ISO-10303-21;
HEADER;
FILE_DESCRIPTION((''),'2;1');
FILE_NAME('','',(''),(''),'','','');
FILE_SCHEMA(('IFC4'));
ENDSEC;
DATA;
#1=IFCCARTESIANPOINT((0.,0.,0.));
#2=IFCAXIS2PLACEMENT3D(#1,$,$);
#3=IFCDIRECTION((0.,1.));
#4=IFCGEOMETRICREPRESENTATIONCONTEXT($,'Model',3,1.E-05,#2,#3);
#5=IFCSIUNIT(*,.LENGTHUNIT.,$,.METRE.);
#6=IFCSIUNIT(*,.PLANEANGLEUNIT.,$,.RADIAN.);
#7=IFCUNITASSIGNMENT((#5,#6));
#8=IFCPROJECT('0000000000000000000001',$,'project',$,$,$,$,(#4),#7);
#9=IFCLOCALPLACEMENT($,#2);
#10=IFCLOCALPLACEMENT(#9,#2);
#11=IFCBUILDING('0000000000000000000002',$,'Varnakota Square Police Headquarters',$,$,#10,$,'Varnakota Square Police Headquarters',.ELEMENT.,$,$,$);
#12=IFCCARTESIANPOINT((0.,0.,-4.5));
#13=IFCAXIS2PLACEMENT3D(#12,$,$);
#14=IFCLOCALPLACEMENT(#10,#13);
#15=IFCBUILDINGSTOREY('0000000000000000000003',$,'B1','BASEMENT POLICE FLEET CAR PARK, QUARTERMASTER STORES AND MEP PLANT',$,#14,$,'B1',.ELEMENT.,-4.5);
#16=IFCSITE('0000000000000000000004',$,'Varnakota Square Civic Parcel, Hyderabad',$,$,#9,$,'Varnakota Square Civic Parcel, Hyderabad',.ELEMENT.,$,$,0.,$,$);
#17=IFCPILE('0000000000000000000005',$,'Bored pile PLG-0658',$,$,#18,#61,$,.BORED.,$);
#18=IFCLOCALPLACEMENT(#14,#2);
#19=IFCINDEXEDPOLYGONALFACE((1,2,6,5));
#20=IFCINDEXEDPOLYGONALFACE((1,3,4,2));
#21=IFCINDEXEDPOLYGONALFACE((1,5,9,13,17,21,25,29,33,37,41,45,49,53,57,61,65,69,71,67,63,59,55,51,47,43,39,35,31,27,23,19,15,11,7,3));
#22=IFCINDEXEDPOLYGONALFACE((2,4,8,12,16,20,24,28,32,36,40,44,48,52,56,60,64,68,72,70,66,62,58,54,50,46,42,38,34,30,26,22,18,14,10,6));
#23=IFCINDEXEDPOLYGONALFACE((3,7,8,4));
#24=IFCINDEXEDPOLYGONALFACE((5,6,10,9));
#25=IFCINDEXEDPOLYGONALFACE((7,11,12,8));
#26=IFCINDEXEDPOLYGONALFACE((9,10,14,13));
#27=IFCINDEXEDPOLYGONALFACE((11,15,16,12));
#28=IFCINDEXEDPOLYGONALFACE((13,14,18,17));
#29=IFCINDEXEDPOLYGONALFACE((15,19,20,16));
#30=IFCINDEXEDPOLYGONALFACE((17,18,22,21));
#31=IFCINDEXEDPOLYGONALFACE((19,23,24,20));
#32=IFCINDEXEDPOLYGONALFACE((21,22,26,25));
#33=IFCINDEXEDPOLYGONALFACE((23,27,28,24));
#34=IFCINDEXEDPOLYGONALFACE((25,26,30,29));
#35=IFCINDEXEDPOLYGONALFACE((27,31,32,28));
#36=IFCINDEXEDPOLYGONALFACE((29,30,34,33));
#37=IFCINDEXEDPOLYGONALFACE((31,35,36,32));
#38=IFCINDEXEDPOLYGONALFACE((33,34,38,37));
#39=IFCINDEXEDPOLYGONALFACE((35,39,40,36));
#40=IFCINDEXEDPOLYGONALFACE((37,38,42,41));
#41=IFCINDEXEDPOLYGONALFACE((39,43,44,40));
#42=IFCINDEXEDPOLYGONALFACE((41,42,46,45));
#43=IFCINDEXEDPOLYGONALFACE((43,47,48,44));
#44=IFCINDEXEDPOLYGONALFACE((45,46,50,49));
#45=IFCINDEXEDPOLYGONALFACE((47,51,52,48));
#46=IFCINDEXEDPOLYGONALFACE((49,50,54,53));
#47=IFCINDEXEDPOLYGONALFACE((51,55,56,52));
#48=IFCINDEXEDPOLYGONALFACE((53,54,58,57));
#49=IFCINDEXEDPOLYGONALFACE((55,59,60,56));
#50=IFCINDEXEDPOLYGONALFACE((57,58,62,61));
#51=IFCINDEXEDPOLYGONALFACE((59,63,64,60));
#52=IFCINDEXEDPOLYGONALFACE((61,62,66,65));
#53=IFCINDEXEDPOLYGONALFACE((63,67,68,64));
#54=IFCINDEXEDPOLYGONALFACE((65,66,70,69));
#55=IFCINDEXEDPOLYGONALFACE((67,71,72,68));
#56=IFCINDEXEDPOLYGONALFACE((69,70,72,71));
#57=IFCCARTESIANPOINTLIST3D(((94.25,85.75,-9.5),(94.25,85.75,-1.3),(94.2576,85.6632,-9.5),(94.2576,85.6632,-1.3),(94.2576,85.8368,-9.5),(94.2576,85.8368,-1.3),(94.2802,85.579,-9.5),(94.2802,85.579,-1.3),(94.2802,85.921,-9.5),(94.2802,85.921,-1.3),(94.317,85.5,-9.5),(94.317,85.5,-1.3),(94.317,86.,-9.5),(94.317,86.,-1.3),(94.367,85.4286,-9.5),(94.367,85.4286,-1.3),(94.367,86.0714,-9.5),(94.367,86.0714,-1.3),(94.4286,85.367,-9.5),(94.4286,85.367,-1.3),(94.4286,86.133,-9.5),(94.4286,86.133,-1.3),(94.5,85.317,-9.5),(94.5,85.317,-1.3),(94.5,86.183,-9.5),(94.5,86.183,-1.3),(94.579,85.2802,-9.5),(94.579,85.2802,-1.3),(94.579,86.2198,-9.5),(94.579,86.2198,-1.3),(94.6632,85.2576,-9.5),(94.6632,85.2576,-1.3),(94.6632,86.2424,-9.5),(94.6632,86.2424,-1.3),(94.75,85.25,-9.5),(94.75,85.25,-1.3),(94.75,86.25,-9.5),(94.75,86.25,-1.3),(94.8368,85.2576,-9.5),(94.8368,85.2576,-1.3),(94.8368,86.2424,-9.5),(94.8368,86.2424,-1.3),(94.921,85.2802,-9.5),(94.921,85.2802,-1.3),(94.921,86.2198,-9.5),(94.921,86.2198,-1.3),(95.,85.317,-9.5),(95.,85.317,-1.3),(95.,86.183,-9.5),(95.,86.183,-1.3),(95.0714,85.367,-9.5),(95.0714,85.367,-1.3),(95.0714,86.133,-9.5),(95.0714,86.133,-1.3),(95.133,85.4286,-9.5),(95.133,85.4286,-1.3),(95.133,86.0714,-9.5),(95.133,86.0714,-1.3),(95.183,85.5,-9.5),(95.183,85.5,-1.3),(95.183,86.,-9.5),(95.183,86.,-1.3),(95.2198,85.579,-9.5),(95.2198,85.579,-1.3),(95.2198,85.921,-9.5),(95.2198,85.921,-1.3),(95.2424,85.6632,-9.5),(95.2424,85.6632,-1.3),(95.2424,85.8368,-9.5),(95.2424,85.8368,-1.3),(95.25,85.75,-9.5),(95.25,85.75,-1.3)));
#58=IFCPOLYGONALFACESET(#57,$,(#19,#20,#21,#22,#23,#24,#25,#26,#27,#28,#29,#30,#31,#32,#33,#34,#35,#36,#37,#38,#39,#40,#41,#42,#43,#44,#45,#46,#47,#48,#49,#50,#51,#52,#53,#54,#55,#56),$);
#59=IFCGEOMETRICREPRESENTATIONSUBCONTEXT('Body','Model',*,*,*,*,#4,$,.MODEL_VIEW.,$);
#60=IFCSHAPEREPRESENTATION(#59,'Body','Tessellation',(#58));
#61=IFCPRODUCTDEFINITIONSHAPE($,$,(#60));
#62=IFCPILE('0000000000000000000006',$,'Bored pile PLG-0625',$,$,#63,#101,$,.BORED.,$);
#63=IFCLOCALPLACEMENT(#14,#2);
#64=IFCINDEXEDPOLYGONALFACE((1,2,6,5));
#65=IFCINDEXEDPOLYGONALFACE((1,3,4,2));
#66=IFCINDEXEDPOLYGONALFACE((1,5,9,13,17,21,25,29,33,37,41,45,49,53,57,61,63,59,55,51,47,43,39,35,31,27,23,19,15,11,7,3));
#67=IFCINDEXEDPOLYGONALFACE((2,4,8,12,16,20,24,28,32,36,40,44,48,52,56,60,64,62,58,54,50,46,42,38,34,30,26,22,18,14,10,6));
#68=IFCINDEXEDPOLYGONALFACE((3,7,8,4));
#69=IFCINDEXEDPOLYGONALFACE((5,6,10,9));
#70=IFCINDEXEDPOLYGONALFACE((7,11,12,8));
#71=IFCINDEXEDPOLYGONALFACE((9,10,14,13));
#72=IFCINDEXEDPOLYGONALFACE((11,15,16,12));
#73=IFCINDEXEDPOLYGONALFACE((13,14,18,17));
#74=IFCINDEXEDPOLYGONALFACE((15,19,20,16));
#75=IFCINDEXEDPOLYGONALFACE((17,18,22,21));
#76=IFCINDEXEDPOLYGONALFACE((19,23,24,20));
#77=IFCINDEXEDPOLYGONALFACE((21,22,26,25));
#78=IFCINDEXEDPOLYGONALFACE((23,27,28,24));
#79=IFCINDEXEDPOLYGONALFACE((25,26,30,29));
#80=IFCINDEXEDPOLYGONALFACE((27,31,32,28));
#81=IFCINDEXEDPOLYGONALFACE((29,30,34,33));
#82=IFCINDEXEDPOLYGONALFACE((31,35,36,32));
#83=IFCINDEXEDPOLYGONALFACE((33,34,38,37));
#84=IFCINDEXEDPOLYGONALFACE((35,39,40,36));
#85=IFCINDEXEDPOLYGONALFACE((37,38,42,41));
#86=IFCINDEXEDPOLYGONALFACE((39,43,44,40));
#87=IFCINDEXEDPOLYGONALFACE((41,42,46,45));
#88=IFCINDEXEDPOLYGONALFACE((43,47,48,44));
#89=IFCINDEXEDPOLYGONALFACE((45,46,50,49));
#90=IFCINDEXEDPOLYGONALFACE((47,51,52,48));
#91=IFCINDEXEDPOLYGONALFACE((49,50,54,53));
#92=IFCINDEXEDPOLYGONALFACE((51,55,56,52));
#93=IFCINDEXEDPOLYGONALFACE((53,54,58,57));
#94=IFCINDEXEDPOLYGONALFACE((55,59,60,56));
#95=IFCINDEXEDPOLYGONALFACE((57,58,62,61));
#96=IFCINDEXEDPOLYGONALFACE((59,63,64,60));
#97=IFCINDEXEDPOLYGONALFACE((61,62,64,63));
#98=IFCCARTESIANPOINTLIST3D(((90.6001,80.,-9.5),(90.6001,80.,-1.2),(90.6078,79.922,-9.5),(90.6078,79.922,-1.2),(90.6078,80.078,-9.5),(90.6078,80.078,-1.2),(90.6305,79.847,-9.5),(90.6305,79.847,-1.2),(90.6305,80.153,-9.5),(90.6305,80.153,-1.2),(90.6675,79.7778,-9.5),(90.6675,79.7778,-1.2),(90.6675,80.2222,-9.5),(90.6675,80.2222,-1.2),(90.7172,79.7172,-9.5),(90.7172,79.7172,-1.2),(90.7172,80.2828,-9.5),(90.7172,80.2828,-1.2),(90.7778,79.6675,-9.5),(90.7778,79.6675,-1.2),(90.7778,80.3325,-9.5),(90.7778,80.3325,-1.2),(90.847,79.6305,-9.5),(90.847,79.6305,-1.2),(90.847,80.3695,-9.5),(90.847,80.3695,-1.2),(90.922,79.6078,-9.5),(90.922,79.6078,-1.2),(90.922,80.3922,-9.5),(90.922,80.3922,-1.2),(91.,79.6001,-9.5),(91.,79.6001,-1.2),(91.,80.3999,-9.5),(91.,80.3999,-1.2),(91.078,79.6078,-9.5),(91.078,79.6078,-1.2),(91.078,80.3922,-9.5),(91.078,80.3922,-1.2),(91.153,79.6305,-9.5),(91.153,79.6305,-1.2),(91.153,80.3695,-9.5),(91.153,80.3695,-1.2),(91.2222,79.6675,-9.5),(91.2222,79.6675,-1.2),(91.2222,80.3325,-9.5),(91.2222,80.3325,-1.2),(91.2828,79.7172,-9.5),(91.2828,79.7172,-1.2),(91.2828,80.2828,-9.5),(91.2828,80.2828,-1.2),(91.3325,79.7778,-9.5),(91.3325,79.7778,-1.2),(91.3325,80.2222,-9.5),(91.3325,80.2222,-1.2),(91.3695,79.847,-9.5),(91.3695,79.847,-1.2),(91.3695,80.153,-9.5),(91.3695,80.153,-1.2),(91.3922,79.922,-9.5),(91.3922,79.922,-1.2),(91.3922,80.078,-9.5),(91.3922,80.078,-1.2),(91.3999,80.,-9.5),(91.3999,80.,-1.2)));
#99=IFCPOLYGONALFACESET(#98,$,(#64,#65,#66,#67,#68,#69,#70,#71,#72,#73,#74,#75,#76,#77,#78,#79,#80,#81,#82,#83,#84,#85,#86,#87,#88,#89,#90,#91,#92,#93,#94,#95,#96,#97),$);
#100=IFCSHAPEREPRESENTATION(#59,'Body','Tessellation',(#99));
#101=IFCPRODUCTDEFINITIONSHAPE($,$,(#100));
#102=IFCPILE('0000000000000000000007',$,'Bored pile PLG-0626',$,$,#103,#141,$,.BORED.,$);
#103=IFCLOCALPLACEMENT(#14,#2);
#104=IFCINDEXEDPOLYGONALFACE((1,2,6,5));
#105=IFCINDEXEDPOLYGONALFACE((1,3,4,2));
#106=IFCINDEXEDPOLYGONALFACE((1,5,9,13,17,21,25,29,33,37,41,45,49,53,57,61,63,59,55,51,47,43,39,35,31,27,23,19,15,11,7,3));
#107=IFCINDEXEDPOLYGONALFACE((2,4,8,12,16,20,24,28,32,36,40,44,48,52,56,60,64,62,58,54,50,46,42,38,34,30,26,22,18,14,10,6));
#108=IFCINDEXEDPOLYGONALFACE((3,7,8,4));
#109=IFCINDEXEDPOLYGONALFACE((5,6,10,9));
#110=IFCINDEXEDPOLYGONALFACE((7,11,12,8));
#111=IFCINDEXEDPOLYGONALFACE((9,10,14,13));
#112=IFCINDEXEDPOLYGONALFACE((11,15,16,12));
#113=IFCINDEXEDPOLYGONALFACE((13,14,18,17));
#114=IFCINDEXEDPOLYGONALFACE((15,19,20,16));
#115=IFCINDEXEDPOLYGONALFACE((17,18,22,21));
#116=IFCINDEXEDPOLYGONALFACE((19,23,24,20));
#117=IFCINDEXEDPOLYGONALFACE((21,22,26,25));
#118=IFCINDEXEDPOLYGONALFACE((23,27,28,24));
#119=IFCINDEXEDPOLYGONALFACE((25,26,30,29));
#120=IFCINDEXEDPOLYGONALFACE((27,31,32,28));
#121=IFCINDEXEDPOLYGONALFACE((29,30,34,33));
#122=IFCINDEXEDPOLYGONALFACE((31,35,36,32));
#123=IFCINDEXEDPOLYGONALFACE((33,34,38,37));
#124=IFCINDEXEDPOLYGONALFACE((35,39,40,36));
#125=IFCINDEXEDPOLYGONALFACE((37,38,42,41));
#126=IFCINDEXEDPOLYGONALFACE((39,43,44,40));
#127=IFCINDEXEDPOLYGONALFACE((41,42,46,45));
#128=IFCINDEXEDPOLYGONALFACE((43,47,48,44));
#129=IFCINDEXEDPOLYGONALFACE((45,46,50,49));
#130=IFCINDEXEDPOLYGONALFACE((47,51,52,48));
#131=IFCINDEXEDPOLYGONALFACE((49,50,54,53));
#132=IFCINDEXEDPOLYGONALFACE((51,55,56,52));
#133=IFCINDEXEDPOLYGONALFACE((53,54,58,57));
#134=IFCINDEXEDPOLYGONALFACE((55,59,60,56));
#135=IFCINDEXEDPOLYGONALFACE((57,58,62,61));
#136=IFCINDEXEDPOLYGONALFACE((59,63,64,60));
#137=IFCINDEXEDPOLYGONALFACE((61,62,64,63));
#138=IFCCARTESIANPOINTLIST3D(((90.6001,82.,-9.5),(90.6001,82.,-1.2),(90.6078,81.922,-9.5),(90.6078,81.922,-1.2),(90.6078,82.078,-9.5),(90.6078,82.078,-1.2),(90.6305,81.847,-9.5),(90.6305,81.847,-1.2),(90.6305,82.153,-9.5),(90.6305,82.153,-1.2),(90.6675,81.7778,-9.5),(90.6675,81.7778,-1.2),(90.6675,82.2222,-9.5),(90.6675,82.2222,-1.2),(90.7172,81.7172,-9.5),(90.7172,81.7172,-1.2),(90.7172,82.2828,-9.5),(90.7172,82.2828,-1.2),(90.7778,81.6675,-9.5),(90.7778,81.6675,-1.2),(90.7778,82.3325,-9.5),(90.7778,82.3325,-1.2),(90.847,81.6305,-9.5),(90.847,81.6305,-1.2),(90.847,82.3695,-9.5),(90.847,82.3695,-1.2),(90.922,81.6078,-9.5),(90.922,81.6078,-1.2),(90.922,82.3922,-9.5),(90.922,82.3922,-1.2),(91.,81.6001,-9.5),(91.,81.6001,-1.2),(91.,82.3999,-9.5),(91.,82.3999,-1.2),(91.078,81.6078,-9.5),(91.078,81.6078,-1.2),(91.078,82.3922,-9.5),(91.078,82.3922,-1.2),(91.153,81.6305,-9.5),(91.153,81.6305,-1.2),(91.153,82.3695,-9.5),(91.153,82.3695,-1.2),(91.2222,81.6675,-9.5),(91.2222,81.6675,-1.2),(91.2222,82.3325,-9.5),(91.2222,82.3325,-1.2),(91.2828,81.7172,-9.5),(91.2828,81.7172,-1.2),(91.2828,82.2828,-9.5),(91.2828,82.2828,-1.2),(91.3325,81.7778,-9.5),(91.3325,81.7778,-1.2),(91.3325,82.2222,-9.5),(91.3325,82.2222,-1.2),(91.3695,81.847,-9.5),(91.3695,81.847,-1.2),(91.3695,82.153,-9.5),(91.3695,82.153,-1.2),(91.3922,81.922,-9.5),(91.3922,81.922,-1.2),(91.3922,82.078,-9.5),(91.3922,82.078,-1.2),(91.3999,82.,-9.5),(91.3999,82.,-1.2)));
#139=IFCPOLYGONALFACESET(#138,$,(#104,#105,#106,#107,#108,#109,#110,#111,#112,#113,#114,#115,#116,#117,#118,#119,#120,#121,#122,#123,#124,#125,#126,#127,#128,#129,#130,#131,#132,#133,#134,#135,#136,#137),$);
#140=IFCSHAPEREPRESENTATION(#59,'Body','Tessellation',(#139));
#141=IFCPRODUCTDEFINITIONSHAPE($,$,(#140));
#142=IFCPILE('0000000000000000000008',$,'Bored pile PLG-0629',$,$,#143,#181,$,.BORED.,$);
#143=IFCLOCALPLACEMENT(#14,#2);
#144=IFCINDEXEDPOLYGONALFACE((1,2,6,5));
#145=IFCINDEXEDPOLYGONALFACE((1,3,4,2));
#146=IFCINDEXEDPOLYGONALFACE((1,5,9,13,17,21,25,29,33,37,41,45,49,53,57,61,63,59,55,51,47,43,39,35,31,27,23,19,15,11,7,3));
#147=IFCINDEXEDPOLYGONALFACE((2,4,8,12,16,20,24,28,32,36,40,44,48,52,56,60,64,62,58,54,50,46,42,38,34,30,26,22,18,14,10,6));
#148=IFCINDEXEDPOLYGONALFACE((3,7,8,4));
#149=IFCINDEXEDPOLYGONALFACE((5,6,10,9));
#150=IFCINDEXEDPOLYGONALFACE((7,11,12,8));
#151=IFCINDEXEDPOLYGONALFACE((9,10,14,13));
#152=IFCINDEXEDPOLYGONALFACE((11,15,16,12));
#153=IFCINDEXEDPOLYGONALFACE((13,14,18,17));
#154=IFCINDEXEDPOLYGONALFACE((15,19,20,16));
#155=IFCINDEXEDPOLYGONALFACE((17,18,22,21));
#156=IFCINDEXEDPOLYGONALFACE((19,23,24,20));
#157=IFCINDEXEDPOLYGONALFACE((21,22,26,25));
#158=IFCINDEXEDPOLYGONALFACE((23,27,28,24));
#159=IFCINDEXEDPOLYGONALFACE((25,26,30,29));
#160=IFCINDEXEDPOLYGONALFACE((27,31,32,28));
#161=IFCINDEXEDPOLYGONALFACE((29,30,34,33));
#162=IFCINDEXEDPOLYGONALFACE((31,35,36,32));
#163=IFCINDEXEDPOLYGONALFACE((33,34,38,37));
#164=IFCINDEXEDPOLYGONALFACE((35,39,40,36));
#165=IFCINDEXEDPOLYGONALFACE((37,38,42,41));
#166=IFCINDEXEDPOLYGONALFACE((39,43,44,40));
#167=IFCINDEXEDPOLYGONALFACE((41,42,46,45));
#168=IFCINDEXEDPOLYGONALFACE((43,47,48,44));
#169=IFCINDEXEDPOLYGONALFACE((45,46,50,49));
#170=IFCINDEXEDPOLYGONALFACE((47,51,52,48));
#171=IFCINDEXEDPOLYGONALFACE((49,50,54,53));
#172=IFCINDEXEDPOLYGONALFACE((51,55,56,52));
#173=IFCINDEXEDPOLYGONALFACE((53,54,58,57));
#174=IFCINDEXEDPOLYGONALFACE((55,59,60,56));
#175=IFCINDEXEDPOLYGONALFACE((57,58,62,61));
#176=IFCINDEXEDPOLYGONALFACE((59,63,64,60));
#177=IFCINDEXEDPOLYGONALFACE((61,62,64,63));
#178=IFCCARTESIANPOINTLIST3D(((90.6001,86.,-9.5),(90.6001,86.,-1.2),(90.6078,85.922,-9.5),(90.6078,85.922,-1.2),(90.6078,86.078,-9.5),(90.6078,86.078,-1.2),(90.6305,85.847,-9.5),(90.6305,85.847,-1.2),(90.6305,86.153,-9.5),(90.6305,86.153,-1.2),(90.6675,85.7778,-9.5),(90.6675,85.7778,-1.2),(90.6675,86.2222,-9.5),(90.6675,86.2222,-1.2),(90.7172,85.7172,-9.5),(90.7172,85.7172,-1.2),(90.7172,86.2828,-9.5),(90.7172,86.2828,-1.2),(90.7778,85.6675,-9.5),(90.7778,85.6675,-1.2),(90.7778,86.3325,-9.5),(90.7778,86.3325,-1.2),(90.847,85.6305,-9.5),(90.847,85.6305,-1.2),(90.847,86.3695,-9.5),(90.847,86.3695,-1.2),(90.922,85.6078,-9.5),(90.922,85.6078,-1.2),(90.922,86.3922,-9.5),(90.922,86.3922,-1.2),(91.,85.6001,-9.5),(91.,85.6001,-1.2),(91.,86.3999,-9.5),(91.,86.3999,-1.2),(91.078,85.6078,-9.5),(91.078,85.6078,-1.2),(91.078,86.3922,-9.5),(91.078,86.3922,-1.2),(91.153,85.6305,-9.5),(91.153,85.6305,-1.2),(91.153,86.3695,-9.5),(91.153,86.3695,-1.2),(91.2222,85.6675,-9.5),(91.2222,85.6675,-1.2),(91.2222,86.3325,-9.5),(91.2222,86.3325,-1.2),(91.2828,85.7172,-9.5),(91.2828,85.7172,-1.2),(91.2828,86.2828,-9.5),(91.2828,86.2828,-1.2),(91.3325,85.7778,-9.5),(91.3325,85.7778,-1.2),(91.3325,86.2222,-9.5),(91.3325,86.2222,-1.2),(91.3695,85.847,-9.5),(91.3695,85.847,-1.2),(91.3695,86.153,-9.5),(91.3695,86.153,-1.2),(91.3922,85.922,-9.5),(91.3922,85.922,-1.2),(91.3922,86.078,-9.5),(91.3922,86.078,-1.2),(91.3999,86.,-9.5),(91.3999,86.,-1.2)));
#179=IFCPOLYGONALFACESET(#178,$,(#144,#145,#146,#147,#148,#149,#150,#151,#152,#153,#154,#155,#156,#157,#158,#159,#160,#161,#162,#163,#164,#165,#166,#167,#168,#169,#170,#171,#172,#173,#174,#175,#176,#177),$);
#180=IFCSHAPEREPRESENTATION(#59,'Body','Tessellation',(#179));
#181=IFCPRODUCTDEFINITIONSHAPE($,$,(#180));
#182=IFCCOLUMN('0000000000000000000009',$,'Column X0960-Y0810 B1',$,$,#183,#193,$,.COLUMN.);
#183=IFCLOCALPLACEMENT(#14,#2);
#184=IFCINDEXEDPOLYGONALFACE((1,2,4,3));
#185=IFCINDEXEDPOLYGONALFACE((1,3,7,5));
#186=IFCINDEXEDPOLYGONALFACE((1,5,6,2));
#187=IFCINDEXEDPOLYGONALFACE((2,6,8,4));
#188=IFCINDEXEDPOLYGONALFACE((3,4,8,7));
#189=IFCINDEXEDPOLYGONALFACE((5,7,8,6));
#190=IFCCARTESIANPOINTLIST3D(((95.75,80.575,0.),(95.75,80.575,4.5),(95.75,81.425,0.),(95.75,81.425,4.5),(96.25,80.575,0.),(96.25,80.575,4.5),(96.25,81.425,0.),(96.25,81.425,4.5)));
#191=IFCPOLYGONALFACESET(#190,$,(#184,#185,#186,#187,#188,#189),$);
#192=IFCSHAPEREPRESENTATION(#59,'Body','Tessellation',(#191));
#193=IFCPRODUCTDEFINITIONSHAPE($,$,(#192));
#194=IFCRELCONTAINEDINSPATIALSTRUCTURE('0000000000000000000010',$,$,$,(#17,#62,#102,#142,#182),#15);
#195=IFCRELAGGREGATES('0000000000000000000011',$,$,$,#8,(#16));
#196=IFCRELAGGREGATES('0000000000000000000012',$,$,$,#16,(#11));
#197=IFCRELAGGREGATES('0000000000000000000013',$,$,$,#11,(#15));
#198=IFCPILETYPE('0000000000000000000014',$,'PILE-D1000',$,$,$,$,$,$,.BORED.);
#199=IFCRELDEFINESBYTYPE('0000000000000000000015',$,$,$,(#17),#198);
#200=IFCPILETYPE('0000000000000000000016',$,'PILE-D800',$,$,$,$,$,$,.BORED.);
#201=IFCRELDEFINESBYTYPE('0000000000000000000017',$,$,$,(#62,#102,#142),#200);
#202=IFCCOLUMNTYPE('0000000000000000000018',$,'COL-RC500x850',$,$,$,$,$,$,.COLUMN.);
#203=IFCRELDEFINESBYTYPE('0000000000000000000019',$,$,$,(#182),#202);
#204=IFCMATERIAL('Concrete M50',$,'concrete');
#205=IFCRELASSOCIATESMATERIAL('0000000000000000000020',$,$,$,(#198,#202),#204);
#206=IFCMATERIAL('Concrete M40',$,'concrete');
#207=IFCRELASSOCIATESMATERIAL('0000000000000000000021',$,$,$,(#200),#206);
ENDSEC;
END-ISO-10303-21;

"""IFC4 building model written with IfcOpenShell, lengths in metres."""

from ifc_helpers import new_model, si_unit, direction, frame, origin, origin_2d, place, context, subcontext, project, spatial, rectangle, circle, extrude, material, material_profile, profile_set, type_object, element, save


model = new_model("IFC4")

# Units and contexts
model_context = context("Model", 3, precision=1e-05, world=origin(), true_north=direction((0.0, 1.0)))
body_context = subcontext(model_context, "Body", "Model", "MODEL_VIEW")
ifc_project = project(units=[si_unit("LENGTHUNIT", "METRE"), si_unit("PLANEANGLEUNIT", "RADIAN")], contexts=[model_context])

# Site, building, storey
site_placement = place(None, origin())
site = spatial("IfcSite", under=ifc_project, at=site_placement, Name="Varnakota Square Civic Parcel, Hyderabad", LongName="Varnakota Square Civic Parcel, Hyderabad", CompositionType="ELEMENT", RefElevation=0.0)
building_placement = place(site_placement, origin())
building = spatial("IfcBuilding", under=site, at=building_placement, Name="Varnakota Square Police Headquarters", LongName="Varnakota Square Police Headquarters", CompositionType="ELEMENT")
storey_placement = place(building_placement, frame((0.0, 0.0, -4.5)))
storey = spatial("IfcBuildingStorey", under=building, at=storey_placement, Name="B1", Description="BASEMENT POLICE FLEET CAR PARK, QUARTERMASTER STORES AND MEP PLANT", LongName="B1", CompositionType="ELEMENT", Elevation=-4.5)

# Shared definitions
ifc_material_1 = material(Name="Concrete M40", Category="concrete")
ifc_material_2 = material(Name="Concrete M50", Category="concrete")

# Piles
ifc_material_profile_1 = material_profile(ifc_material_2, circle(Radius=0.5, at=origin_2d()), Name="BORED PILE 1000")
ifc_profile_set_1 = profile_set([ifc_material_profile_1], Name="Concrete M50")
pile_type_1 = type_object("IfcPileType", Name="PILE-D1000", PredefinedType="BORED", material=ifc_profile_set_1)
for number, where, z_axis, x_axis, name in (
    (1, (94.75, 85.75, -1.3), (0.0, 0.0, -1.0), (1.0, 0.0, 0.0), "Bored pile PLG-0658"),
):
    element("IfcPile", number, at=place(storey_placement, frame(where, z_axis=z_axis, x_axis=x_axis)), inside=storey, type_object=pile_type_1, Name=name, PredefinedType="BORED", context=body_context, shape_type="SweptSolid", body=[
        extrude(circle(Radius=0.5, at=origin_2d()), origin(), (0.0, 0.0, 1.0), 8.2),
    ])
ifc_material_profile_2 = material_profile(ifc_material_1, circle(Radius=0.3999, at=origin_2d()), Name="BORED PILE 800")
ifc_profile_set_2 = profile_set([ifc_material_profile_2], Name="Concrete M40")
pile_type_2 = type_object("IfcPileType", Name="PILE-D800", PredefinedType="BORED", material=ifc_profile_set_2)
for number, where, z_axis, x_axis, name in (
    (2, (91.0, 80.0, -1.2), (0.0, 0.0, -1.0), (1.0, 0.0, 0.0), "Bored pile PLG-0625"),
    (3, (91.0, 82.0, -1.2), (0.0, 0.0, -1.0), (1.0, 0.0, 0.0), "Bored pile PLG-0626"),
    (4, (91.0, 86.0, -1.2), (0.0, 0.0, -1.0), (1.0, 0.0, 0.0), "Bored pile PLG-0629"),
):
    element("IfcPile", number, at=place(storey_placement, frame(where, z_axis=z_axis, x_axis=x_axis)), inside=storey, type_object=pile_type_2, Name=name, PredefinedType="BORED", context=body_context, shape_type="SweptSolid", body=[
        extrude(circle(Radius=0.3999, at=origin_2d()), origin(), (0.0, 0.0, 1.0), 8.3),
    ])

# Column
ifc_material_profile_3 = material_profile(ifc_material_2, rectangle(XDim=0.5, YDim=0.8501, at=origin_2d()), Name="RC 500x850")
ifc_profile_set_3 = profile_set([ifc_material_profile_3], Name="Concrete M50")
column_type_1 = type_object("IfcColumnType", Name="COL-RC500x850", PredefinedType="COLUMN", material=ifc_profile_set_3)
column_1_placement = place(storey_placement, frame((96.0, 81.0, 0.0), z_axis=(0.0, 0.0, 1.0), x_axis=(1.0, 0.0, 0.0)))
element("IfcColumn", 5, at=column_1_placement, inside=storey, type_object=column_type_1, Name="Column X0960-Y0810 B1", PredefinedType="COLUMN", context=body_context, shape_type="SweptSolid", body=[
    extrude(rectangle(XDim=0.5, YDim=0.8501, at=origin_2d()), origin(), (0.0, 0.0, 1.0), 4.5),
])

save(model, "model.ifc")
